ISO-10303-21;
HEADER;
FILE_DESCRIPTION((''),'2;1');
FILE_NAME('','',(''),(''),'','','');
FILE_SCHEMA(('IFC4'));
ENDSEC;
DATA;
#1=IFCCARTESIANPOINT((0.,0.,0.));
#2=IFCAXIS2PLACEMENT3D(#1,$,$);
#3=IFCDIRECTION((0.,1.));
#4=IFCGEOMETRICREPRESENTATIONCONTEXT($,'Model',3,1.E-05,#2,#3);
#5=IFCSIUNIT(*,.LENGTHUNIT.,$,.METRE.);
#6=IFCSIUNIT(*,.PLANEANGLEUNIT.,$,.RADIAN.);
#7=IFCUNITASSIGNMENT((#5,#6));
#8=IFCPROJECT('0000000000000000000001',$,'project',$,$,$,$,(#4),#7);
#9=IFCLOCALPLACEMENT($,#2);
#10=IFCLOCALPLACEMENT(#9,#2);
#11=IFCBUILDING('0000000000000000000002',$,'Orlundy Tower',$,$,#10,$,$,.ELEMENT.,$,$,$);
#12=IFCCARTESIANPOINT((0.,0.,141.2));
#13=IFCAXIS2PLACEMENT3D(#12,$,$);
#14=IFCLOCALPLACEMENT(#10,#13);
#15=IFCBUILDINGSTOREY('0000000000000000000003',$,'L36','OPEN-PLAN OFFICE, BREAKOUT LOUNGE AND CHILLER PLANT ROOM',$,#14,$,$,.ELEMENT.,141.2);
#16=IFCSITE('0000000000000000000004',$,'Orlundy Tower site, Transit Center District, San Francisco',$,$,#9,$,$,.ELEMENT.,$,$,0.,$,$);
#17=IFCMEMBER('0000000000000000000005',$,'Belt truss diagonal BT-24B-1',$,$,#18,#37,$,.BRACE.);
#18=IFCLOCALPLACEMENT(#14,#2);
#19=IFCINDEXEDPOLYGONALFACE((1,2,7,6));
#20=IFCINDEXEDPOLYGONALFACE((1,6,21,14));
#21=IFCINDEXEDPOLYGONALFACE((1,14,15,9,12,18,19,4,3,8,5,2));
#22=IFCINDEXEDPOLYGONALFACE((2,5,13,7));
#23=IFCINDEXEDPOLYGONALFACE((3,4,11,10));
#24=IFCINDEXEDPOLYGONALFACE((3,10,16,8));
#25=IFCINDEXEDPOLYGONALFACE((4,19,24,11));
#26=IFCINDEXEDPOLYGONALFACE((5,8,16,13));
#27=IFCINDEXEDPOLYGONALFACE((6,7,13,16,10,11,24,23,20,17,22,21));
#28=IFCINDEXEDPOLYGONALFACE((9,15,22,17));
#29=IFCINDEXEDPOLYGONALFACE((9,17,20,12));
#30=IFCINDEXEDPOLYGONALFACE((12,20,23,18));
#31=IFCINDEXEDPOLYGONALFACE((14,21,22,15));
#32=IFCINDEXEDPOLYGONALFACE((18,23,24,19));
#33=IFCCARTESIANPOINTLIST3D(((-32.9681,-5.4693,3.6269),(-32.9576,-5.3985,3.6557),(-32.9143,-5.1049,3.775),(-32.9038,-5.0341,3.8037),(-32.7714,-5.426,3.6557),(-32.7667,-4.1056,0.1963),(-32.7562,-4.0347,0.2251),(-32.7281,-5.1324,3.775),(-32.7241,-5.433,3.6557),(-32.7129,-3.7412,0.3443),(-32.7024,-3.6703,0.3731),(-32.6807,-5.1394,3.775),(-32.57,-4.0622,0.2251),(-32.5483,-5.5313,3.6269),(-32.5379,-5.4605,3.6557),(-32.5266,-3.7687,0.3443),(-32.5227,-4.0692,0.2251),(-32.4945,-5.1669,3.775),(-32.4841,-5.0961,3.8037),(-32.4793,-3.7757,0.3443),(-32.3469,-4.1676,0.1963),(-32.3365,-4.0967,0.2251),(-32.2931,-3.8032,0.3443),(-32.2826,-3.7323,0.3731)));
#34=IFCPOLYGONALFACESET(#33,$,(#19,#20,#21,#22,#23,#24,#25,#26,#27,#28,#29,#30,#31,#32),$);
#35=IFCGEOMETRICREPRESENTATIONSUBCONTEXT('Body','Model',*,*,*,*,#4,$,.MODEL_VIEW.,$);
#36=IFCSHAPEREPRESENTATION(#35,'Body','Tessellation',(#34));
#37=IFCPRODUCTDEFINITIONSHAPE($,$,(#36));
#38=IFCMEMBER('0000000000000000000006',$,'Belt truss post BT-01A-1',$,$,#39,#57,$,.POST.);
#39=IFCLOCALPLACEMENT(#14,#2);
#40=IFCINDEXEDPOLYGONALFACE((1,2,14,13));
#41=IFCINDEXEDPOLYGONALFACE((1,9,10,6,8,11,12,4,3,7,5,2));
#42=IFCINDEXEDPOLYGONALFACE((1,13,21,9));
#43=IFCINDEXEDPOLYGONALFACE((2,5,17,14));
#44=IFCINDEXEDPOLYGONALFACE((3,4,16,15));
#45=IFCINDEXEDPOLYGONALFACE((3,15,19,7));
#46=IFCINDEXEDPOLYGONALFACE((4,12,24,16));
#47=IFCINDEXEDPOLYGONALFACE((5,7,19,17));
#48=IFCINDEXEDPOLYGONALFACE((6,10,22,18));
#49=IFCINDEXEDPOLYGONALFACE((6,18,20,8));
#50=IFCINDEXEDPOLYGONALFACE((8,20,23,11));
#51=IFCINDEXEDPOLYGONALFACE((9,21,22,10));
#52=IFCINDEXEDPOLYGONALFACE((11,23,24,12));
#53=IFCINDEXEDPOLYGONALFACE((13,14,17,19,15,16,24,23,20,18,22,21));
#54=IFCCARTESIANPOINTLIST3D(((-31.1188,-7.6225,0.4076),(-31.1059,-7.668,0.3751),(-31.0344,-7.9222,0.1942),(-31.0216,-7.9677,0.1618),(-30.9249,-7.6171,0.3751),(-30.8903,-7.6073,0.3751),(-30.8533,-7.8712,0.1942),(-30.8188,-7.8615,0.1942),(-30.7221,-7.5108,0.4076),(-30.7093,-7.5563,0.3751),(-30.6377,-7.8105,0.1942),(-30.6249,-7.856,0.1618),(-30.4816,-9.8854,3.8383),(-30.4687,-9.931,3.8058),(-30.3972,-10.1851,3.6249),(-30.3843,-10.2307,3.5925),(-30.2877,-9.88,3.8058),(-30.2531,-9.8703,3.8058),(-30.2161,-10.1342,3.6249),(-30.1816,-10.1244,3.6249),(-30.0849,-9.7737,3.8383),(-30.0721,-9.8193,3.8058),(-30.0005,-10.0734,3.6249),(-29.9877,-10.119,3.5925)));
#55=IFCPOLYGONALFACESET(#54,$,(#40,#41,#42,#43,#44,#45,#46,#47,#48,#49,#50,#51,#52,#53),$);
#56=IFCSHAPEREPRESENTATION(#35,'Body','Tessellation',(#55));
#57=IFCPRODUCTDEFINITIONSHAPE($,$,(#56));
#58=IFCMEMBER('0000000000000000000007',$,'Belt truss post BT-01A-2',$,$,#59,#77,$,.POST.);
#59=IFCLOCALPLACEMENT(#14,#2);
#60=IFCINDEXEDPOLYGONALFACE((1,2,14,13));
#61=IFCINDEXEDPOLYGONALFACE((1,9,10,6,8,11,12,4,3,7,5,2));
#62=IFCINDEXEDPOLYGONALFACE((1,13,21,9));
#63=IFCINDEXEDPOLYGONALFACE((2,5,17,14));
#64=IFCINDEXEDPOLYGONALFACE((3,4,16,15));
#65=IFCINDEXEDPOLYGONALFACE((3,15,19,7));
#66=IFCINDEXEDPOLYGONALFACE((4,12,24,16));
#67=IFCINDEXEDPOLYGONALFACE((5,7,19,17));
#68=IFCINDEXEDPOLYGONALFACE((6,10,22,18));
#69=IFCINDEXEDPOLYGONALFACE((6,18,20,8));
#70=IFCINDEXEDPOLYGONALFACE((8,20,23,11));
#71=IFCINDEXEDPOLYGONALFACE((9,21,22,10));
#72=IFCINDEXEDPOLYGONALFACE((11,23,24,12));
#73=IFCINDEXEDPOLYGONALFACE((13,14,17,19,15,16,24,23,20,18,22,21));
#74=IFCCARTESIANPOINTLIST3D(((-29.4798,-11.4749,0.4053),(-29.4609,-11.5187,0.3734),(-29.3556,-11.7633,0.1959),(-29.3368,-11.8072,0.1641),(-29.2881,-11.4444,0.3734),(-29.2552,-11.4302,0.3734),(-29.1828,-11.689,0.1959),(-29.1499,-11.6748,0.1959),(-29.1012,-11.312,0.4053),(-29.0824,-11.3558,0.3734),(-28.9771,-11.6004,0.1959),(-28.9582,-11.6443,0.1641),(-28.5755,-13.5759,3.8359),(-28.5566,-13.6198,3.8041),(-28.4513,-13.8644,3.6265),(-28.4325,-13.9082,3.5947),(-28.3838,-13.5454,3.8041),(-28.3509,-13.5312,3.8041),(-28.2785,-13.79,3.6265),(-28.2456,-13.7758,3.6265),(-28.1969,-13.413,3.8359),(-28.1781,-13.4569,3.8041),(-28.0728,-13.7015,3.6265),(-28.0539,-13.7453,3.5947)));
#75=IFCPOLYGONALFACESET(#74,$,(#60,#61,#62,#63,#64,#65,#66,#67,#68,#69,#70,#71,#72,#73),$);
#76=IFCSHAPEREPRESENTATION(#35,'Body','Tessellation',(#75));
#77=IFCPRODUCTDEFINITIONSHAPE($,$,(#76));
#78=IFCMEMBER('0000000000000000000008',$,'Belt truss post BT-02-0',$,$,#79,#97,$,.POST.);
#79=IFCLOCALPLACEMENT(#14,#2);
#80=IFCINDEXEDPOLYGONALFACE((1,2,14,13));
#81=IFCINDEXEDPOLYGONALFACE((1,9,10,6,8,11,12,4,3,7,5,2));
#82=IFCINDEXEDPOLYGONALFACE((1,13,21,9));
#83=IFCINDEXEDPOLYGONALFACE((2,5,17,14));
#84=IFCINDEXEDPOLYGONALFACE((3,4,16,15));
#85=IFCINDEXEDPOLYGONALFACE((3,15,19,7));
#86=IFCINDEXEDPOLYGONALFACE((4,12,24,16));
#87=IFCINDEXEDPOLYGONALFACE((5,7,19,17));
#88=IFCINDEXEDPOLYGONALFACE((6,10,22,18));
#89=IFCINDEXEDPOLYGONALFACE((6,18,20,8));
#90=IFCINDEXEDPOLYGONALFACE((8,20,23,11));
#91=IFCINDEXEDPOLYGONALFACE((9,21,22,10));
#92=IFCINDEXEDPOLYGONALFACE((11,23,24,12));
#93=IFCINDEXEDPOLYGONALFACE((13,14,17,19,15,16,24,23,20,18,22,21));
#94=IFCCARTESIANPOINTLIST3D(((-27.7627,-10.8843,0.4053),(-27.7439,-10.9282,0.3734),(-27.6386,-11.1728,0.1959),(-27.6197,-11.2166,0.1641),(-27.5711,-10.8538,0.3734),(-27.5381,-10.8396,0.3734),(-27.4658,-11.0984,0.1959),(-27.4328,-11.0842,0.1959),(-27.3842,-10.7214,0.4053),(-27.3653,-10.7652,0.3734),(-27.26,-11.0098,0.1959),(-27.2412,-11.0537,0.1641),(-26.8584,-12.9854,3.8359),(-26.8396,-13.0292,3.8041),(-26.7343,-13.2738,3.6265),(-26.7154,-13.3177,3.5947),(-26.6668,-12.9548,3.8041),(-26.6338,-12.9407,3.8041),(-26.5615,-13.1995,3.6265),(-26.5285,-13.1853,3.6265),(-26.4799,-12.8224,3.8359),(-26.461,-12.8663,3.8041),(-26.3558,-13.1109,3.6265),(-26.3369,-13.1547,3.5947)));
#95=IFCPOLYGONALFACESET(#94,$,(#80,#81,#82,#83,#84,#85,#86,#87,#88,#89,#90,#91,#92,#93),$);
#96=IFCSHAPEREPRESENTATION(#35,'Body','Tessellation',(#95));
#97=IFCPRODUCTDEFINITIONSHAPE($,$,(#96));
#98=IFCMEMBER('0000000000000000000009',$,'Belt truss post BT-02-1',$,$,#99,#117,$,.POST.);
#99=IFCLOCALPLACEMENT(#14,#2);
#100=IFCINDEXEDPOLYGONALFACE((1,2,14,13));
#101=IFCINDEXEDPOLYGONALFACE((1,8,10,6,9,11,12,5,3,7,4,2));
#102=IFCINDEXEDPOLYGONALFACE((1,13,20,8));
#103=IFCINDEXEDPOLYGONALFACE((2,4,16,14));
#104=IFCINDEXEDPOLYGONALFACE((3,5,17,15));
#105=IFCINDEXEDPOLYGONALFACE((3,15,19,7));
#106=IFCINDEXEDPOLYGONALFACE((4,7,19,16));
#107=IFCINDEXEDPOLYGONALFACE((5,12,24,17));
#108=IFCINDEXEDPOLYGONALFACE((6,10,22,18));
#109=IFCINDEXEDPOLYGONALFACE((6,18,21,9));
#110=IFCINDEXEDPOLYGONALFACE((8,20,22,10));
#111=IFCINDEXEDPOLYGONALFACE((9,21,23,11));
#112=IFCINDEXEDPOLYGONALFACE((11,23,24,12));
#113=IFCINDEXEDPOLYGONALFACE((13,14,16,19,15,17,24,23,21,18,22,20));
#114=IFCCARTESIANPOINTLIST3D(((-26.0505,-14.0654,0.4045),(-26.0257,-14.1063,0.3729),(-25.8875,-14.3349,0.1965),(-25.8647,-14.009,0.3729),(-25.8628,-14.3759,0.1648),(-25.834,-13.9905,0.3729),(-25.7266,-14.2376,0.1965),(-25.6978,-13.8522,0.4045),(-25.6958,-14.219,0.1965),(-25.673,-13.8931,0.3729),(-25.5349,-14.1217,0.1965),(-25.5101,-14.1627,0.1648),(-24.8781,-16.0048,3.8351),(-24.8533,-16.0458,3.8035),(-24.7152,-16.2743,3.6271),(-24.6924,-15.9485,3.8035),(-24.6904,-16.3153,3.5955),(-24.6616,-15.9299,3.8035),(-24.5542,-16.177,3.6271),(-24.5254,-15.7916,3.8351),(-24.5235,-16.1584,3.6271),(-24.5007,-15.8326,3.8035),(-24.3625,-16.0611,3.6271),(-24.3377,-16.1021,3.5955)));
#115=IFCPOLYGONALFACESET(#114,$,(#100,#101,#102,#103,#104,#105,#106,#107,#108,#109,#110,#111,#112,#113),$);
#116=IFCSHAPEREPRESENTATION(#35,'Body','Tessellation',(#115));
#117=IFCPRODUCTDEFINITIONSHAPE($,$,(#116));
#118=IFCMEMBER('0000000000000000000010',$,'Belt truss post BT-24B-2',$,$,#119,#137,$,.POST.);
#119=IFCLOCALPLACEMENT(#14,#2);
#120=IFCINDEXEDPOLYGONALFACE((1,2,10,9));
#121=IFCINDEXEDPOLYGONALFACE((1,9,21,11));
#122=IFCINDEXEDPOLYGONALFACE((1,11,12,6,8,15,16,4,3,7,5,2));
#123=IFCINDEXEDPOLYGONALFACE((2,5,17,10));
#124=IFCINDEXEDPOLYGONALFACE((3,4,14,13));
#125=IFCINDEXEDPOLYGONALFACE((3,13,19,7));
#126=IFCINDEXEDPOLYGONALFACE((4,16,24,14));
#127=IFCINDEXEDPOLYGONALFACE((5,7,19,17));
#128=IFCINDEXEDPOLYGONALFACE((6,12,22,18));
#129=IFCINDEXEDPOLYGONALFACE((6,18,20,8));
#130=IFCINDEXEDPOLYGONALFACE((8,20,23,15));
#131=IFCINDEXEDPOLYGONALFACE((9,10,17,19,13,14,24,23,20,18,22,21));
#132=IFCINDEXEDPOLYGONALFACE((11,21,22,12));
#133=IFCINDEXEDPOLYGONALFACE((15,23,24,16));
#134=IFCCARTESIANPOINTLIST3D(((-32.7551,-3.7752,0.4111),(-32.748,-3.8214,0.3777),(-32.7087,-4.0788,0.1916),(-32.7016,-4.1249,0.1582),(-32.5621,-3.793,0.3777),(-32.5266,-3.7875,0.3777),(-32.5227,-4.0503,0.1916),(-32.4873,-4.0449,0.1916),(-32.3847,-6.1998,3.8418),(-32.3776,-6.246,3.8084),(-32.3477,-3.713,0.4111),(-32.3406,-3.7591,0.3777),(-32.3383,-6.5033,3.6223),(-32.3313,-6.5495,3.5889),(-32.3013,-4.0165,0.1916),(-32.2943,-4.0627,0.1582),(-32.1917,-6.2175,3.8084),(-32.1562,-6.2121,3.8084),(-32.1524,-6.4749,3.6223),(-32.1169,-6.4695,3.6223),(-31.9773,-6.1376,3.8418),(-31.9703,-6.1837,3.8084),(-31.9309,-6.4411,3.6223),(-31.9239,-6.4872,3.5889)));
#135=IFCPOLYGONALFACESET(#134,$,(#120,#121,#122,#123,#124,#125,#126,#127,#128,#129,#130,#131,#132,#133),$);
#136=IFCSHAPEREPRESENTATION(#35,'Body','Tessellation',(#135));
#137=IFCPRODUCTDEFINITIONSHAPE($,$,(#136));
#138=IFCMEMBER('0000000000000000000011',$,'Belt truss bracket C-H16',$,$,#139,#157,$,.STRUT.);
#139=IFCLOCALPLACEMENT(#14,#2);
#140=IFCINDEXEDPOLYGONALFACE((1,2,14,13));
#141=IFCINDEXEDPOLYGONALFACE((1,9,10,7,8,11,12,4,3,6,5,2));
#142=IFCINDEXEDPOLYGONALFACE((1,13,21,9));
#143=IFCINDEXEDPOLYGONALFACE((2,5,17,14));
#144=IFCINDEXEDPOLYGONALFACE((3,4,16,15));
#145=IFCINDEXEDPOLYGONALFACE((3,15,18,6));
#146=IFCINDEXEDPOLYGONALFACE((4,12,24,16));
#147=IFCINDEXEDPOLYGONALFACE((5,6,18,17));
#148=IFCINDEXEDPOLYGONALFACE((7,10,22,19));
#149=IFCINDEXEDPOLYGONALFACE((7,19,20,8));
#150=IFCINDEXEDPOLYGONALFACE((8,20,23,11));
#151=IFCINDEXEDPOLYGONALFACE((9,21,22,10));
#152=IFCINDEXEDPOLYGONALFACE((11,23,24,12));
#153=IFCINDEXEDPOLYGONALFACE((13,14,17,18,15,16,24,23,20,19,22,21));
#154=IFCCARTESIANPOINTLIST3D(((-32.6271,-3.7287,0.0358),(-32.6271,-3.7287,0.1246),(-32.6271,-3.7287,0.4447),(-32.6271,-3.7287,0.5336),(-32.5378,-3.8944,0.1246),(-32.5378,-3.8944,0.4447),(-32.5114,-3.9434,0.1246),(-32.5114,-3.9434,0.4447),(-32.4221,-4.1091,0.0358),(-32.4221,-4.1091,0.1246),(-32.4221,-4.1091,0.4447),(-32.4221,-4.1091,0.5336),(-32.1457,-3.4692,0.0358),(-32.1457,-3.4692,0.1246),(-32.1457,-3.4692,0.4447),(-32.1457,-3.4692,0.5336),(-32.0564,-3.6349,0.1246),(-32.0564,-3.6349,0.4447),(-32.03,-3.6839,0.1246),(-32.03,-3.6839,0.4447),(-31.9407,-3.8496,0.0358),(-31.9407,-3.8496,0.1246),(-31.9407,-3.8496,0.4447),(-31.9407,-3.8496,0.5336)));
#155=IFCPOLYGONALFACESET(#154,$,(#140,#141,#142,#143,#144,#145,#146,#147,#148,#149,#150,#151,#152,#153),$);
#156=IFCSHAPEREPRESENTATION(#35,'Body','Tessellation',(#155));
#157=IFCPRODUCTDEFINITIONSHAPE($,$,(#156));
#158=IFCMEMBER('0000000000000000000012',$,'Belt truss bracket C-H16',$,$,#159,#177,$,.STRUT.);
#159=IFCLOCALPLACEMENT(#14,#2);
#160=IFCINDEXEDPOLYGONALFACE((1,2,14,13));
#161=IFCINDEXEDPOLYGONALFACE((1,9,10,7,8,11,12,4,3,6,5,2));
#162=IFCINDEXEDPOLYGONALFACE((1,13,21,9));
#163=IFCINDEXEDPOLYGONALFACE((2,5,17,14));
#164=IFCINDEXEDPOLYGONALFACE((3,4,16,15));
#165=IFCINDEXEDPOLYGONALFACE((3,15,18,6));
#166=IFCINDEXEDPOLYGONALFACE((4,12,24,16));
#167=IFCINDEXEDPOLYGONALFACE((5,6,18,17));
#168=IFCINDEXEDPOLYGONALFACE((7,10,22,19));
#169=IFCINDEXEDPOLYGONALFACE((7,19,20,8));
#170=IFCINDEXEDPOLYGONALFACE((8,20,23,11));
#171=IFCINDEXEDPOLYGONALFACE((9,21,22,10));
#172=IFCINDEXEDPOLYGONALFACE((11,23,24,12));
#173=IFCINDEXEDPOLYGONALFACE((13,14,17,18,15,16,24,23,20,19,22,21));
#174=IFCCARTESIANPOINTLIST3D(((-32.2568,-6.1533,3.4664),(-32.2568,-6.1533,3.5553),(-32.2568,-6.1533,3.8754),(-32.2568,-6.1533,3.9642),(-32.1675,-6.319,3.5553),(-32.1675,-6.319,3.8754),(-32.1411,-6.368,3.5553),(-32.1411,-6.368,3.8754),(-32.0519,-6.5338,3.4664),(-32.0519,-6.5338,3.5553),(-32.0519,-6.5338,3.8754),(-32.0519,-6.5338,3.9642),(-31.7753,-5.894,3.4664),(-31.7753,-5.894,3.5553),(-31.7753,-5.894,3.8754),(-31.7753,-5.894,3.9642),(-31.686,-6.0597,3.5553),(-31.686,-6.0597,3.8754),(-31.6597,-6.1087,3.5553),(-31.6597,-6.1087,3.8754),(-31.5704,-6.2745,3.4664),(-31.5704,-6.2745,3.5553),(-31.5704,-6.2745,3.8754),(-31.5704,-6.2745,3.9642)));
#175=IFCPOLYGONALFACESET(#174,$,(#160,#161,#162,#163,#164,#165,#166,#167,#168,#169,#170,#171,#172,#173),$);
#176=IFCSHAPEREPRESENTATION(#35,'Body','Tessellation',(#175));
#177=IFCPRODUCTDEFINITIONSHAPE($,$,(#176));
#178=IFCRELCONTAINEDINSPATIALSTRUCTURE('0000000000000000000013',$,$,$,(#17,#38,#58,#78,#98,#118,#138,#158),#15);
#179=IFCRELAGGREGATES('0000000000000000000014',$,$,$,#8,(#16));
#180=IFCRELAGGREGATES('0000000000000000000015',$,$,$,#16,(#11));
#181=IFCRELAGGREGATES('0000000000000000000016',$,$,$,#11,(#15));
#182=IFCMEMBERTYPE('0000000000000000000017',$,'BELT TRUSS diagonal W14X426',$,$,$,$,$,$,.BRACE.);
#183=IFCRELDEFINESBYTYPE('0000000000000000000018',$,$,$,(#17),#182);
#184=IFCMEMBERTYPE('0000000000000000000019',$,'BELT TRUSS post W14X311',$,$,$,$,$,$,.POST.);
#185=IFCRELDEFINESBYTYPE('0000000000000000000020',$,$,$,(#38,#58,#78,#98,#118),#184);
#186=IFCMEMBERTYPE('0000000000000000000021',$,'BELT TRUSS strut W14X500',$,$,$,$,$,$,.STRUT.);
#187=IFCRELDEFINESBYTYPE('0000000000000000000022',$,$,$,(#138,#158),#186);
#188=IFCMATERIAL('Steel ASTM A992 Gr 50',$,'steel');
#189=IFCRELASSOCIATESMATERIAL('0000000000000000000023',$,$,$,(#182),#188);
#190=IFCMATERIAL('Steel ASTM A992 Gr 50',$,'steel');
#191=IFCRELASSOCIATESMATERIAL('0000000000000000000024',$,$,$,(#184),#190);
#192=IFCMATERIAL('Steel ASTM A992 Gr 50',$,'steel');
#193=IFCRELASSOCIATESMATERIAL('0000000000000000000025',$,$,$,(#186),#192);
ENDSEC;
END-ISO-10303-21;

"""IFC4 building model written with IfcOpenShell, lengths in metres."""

from ifc_helpers import new_model, si_unit, direction, frame, origin, origin_2d, place, context, subcontext, project, spatial, i_section, extrude, material, material_profile, profile_set, type_object, element, save


model = new_model("IFC4")

# Units and contexts
model_context = context("Model", 3, precision=1e-05, world=origin(), true_north=direction((0.0, 1.0)))
body_context = subcontext(model_context, "Body", "Model", "MODEL_VIEW")
ifc_project = project(units=[si_unit("LENGTHUNIT", "METRE"), si_unit("PLANEANGLEUNIT", "RADIAN")], contexts=[model_context])

# Site, building, storey
site_placement = place(None, origin())
site = spatial("IfcSite", under=ifc_project, at=site_placement, Name="Orlundy Tower site, Transit Center District, San Francisco", CompositionType="ELEMENT", RefElevation=0.0)
building_placement = place(site_placement, origin())
building = spatial("IfcBuilding", under=site, at=building_placement, Name="Orlundy Tower", CompositionType="ELEMENT")
storey_placement = place(building_placement, frame((0.0, 0.0, 141.2)))
storey = spatial("IfcBuildingStorey", under=building, at=storey_placement, Name="L36", Description="OPEN-PLAN OFFICE, BREAKOUT LOUNGE AND CHILLER PLANT ROOM", CompositionType="ELEMENT", Elevation=141.2)

# Members
ifc_material_1 = material(Name="Steel ASTM A992 Gr 50", Category="steel")
ifc_material_profile_1 = material_profile(ifc_material_1, i_section(OverallWidth=0.4243, OverallDepth=0.4741, WebThickness=0.0479, FlangeThickness=0.0771, at=origin_2d()), Name="W14X426")
ifc_profile_set_1 = profile_set([ifc_material_profile_1], Name="Steel ASTM A992 Gr 50")
member_type_1 = type_object("IfcMemberType", Name="BELT TRUSS diagonal W14X426", PredefinedType="BRACE", material=ifc_profile_set_1)
member_1_placement = place(storey_placement, frame((-32.7261, -5.2827, 3.7153), z_axis=(0.054477, 0.368857, -0.927888), x_axis=(-0.989269, 0.146106, 0.0)))
element("IfcMember", 1, at=member_1_placement, inside=storey, type_object=member_type_1, Name="Belt truss diagonal BT-24B-1", PredefinedType="BRACE", context=body_context, shape_type="SweptSolid", body=[
    extrude(i_section(OverallWidth=0.4243, OverallDepth=0.4741, WebThickness=0.0479, FlangeThickness=0.0771, at=origin_2d()), origin(), (0.0, 0.0, 1.0), 3.6973),
])
ifc_material_2 = material(Name="Steel ASTM A992 Gr 50", Category="steel")
ifc_material_profile_2 = material_profile(ifc_material_2, i_section(OverallWidth=0.4121, OverallDepth=0.4348, WebThickness=0.0359, FlangeThickness=0.0574, at=origin_2d()), Name="W14X311")
ifc_profile_set_2 = profile_set([ifc_material_profile_2], Name="Steel ASTM A992 Gr 50")
member_type_2 = type_object("IfcMemberType", Name="BELT TRUSS post W14X311", PredefinedType="POST", material=ifc_profile_set_2)
member_2_placement = place(storey_placement, frame((-30.8718, -7.7393, 0.2847), z_axis=(0.153216, -0.544121, 0.824899), x_axis=(0.962567, 0.271043, 0.0)))
element("IfcMember", 2, at=member_2_placement, inside=storey, type_object=member_type_2, Name="Belt truss post BT-01A-1", PredefinedType="POST", context=body_context, shape_type="SweptSolid", body=[
    extrude(i_section(OverallWidth=0.4121, OverallDepth=0.4348, WebThickness=0.0359, FlangeThickness=0.0574, at=origin_2d()), origin(), (0.0, 0.0, 1.0), 4.1589),
])
for number, where, z_axis, x_axis, name in (
    (3, (-29.219, -11.5596, 0.2847), (0.219313, -0.50956, 0.832016), (0.918537, 0.395336, 0.0), "Belt truss post BT-01A-2"),
    (4, (-27.502, -10.969, 0.2847), (0.219313, -0.50956, 0.832016), (0.918537, 0.395336, 0.0), "Belt truss post BT-02-0"),
):
    element("IfcMember", number, at=place(storey_placement, frame(where, z_axis=z_axis, x_axis=x_axis)), inside=storey, type_object=member_type_2, Name=name, PredefinedType="POST", context=body_context, shape_type="SweptSolid", body=[
        extrude(i_section(OverallWidth=0.4121, OverallDepth=0.4348, WebThickness=0.0359, FlangeThickness=0.0574, at=origin_2d()), origin(), (0.0, 0.0, 1.0), 4.1233),
    ])
member_3_placement = place(storey_placement, frame((-25.7803, -14.114, 0.2847), z_axis=(0.285135, -0.471701, 0.834384), x_axis=(0.855796, 0.517313, 0.0)))
element("IfcMember", 5, at=member_3_placement, inside=storey, type_object=member_type_2, Name="Belt truss post BT-02-1", PredefinedType="POST", context=body_context, shape_type="SweptSolid", body=[
    extrude(i_section(OverallWidth=0.4121, OverallDepth=0.4348, WebThickness=0.0359, FlangeThickness=0.0574, at=origin_2d()), origin(), (0.0, 0.0, 1.0), 4.1116),
])
member_4_placement = place(storey_placement, frame((-32.5247, -3.9189, 0.2847), z_axis=(0.087821, -0.574916, 0.813486), x_axis=(0.988533, 0.151002, 0.0)))
element("IfcMember", 6, at=member_4_placement, inside=storey, type_object=member_type_2, Name="Belt truss post BT-24B-2", PredefinedType="POST", context=body_context, shape_type="SweptSolid", body=[
    extrude(i_section(OverallWidth=0.4121, OverallDepth=0.4348, WebThickness=0.0359, FlangeThickness=0.0574, at=origin_2d()), origin(), (0.0, 0.0, 1.0), 4.2173),
])
ifc_material_3 = material(Name="Steel ASTM A992 Gr 50", Category="steel")
ifc_material_profile_3 = material_profile(ifc_material_3, i_section(OverallWidth=0.4321, OverallDepth=0.4978, WebThickness=0.0557, FlangeThickness=0.0889, at=origin_2d()), Name="W14X500")
ifc_profile_set_3 = profile_set([ifc_material_profile_3], Name="Steel ASTM A992 Gr 50")
member_type_3 = type_object("IfcMemberType", Name="BELT TRUSS strut W14X500", PredefinedType="STRUT", material=ifc_profile_set_3)
for number, where, z_axis, x_axis, name in (
    (7, (-32.0432, -3.6594, 0.2847), (-0.880256, -0.474499, 0.0), (0.474499, -0.880256, 0.0), "Belt truss bracket C-H16"),
    (8, (-31.6729, -6.0842, 3.7153), (-0.880442, -0.474153, 0.0), (0.474153, -0.880442, 0.0), "Belt truss bracket C-H16"),
):
    element("IfcMember", number, at=place(storey_placement, frame(where, z_axis=z_axis, x_axis=x_axis)), inside=storey, type_object=member_type_3, Name=name, PredefinedType="STRUT", context=body_context, shape_type="SweptSolid", body=[
        extrude(i_section(OverallWidth=0.4321, OverallDepth=0.4978, WebThickness=0.0557, FlangeThickness=0.0889, at=origin_2d()), origin(), (0.0, 0.0, 1.0), 0.5469),
    ])

save(model, "model.ifc")
